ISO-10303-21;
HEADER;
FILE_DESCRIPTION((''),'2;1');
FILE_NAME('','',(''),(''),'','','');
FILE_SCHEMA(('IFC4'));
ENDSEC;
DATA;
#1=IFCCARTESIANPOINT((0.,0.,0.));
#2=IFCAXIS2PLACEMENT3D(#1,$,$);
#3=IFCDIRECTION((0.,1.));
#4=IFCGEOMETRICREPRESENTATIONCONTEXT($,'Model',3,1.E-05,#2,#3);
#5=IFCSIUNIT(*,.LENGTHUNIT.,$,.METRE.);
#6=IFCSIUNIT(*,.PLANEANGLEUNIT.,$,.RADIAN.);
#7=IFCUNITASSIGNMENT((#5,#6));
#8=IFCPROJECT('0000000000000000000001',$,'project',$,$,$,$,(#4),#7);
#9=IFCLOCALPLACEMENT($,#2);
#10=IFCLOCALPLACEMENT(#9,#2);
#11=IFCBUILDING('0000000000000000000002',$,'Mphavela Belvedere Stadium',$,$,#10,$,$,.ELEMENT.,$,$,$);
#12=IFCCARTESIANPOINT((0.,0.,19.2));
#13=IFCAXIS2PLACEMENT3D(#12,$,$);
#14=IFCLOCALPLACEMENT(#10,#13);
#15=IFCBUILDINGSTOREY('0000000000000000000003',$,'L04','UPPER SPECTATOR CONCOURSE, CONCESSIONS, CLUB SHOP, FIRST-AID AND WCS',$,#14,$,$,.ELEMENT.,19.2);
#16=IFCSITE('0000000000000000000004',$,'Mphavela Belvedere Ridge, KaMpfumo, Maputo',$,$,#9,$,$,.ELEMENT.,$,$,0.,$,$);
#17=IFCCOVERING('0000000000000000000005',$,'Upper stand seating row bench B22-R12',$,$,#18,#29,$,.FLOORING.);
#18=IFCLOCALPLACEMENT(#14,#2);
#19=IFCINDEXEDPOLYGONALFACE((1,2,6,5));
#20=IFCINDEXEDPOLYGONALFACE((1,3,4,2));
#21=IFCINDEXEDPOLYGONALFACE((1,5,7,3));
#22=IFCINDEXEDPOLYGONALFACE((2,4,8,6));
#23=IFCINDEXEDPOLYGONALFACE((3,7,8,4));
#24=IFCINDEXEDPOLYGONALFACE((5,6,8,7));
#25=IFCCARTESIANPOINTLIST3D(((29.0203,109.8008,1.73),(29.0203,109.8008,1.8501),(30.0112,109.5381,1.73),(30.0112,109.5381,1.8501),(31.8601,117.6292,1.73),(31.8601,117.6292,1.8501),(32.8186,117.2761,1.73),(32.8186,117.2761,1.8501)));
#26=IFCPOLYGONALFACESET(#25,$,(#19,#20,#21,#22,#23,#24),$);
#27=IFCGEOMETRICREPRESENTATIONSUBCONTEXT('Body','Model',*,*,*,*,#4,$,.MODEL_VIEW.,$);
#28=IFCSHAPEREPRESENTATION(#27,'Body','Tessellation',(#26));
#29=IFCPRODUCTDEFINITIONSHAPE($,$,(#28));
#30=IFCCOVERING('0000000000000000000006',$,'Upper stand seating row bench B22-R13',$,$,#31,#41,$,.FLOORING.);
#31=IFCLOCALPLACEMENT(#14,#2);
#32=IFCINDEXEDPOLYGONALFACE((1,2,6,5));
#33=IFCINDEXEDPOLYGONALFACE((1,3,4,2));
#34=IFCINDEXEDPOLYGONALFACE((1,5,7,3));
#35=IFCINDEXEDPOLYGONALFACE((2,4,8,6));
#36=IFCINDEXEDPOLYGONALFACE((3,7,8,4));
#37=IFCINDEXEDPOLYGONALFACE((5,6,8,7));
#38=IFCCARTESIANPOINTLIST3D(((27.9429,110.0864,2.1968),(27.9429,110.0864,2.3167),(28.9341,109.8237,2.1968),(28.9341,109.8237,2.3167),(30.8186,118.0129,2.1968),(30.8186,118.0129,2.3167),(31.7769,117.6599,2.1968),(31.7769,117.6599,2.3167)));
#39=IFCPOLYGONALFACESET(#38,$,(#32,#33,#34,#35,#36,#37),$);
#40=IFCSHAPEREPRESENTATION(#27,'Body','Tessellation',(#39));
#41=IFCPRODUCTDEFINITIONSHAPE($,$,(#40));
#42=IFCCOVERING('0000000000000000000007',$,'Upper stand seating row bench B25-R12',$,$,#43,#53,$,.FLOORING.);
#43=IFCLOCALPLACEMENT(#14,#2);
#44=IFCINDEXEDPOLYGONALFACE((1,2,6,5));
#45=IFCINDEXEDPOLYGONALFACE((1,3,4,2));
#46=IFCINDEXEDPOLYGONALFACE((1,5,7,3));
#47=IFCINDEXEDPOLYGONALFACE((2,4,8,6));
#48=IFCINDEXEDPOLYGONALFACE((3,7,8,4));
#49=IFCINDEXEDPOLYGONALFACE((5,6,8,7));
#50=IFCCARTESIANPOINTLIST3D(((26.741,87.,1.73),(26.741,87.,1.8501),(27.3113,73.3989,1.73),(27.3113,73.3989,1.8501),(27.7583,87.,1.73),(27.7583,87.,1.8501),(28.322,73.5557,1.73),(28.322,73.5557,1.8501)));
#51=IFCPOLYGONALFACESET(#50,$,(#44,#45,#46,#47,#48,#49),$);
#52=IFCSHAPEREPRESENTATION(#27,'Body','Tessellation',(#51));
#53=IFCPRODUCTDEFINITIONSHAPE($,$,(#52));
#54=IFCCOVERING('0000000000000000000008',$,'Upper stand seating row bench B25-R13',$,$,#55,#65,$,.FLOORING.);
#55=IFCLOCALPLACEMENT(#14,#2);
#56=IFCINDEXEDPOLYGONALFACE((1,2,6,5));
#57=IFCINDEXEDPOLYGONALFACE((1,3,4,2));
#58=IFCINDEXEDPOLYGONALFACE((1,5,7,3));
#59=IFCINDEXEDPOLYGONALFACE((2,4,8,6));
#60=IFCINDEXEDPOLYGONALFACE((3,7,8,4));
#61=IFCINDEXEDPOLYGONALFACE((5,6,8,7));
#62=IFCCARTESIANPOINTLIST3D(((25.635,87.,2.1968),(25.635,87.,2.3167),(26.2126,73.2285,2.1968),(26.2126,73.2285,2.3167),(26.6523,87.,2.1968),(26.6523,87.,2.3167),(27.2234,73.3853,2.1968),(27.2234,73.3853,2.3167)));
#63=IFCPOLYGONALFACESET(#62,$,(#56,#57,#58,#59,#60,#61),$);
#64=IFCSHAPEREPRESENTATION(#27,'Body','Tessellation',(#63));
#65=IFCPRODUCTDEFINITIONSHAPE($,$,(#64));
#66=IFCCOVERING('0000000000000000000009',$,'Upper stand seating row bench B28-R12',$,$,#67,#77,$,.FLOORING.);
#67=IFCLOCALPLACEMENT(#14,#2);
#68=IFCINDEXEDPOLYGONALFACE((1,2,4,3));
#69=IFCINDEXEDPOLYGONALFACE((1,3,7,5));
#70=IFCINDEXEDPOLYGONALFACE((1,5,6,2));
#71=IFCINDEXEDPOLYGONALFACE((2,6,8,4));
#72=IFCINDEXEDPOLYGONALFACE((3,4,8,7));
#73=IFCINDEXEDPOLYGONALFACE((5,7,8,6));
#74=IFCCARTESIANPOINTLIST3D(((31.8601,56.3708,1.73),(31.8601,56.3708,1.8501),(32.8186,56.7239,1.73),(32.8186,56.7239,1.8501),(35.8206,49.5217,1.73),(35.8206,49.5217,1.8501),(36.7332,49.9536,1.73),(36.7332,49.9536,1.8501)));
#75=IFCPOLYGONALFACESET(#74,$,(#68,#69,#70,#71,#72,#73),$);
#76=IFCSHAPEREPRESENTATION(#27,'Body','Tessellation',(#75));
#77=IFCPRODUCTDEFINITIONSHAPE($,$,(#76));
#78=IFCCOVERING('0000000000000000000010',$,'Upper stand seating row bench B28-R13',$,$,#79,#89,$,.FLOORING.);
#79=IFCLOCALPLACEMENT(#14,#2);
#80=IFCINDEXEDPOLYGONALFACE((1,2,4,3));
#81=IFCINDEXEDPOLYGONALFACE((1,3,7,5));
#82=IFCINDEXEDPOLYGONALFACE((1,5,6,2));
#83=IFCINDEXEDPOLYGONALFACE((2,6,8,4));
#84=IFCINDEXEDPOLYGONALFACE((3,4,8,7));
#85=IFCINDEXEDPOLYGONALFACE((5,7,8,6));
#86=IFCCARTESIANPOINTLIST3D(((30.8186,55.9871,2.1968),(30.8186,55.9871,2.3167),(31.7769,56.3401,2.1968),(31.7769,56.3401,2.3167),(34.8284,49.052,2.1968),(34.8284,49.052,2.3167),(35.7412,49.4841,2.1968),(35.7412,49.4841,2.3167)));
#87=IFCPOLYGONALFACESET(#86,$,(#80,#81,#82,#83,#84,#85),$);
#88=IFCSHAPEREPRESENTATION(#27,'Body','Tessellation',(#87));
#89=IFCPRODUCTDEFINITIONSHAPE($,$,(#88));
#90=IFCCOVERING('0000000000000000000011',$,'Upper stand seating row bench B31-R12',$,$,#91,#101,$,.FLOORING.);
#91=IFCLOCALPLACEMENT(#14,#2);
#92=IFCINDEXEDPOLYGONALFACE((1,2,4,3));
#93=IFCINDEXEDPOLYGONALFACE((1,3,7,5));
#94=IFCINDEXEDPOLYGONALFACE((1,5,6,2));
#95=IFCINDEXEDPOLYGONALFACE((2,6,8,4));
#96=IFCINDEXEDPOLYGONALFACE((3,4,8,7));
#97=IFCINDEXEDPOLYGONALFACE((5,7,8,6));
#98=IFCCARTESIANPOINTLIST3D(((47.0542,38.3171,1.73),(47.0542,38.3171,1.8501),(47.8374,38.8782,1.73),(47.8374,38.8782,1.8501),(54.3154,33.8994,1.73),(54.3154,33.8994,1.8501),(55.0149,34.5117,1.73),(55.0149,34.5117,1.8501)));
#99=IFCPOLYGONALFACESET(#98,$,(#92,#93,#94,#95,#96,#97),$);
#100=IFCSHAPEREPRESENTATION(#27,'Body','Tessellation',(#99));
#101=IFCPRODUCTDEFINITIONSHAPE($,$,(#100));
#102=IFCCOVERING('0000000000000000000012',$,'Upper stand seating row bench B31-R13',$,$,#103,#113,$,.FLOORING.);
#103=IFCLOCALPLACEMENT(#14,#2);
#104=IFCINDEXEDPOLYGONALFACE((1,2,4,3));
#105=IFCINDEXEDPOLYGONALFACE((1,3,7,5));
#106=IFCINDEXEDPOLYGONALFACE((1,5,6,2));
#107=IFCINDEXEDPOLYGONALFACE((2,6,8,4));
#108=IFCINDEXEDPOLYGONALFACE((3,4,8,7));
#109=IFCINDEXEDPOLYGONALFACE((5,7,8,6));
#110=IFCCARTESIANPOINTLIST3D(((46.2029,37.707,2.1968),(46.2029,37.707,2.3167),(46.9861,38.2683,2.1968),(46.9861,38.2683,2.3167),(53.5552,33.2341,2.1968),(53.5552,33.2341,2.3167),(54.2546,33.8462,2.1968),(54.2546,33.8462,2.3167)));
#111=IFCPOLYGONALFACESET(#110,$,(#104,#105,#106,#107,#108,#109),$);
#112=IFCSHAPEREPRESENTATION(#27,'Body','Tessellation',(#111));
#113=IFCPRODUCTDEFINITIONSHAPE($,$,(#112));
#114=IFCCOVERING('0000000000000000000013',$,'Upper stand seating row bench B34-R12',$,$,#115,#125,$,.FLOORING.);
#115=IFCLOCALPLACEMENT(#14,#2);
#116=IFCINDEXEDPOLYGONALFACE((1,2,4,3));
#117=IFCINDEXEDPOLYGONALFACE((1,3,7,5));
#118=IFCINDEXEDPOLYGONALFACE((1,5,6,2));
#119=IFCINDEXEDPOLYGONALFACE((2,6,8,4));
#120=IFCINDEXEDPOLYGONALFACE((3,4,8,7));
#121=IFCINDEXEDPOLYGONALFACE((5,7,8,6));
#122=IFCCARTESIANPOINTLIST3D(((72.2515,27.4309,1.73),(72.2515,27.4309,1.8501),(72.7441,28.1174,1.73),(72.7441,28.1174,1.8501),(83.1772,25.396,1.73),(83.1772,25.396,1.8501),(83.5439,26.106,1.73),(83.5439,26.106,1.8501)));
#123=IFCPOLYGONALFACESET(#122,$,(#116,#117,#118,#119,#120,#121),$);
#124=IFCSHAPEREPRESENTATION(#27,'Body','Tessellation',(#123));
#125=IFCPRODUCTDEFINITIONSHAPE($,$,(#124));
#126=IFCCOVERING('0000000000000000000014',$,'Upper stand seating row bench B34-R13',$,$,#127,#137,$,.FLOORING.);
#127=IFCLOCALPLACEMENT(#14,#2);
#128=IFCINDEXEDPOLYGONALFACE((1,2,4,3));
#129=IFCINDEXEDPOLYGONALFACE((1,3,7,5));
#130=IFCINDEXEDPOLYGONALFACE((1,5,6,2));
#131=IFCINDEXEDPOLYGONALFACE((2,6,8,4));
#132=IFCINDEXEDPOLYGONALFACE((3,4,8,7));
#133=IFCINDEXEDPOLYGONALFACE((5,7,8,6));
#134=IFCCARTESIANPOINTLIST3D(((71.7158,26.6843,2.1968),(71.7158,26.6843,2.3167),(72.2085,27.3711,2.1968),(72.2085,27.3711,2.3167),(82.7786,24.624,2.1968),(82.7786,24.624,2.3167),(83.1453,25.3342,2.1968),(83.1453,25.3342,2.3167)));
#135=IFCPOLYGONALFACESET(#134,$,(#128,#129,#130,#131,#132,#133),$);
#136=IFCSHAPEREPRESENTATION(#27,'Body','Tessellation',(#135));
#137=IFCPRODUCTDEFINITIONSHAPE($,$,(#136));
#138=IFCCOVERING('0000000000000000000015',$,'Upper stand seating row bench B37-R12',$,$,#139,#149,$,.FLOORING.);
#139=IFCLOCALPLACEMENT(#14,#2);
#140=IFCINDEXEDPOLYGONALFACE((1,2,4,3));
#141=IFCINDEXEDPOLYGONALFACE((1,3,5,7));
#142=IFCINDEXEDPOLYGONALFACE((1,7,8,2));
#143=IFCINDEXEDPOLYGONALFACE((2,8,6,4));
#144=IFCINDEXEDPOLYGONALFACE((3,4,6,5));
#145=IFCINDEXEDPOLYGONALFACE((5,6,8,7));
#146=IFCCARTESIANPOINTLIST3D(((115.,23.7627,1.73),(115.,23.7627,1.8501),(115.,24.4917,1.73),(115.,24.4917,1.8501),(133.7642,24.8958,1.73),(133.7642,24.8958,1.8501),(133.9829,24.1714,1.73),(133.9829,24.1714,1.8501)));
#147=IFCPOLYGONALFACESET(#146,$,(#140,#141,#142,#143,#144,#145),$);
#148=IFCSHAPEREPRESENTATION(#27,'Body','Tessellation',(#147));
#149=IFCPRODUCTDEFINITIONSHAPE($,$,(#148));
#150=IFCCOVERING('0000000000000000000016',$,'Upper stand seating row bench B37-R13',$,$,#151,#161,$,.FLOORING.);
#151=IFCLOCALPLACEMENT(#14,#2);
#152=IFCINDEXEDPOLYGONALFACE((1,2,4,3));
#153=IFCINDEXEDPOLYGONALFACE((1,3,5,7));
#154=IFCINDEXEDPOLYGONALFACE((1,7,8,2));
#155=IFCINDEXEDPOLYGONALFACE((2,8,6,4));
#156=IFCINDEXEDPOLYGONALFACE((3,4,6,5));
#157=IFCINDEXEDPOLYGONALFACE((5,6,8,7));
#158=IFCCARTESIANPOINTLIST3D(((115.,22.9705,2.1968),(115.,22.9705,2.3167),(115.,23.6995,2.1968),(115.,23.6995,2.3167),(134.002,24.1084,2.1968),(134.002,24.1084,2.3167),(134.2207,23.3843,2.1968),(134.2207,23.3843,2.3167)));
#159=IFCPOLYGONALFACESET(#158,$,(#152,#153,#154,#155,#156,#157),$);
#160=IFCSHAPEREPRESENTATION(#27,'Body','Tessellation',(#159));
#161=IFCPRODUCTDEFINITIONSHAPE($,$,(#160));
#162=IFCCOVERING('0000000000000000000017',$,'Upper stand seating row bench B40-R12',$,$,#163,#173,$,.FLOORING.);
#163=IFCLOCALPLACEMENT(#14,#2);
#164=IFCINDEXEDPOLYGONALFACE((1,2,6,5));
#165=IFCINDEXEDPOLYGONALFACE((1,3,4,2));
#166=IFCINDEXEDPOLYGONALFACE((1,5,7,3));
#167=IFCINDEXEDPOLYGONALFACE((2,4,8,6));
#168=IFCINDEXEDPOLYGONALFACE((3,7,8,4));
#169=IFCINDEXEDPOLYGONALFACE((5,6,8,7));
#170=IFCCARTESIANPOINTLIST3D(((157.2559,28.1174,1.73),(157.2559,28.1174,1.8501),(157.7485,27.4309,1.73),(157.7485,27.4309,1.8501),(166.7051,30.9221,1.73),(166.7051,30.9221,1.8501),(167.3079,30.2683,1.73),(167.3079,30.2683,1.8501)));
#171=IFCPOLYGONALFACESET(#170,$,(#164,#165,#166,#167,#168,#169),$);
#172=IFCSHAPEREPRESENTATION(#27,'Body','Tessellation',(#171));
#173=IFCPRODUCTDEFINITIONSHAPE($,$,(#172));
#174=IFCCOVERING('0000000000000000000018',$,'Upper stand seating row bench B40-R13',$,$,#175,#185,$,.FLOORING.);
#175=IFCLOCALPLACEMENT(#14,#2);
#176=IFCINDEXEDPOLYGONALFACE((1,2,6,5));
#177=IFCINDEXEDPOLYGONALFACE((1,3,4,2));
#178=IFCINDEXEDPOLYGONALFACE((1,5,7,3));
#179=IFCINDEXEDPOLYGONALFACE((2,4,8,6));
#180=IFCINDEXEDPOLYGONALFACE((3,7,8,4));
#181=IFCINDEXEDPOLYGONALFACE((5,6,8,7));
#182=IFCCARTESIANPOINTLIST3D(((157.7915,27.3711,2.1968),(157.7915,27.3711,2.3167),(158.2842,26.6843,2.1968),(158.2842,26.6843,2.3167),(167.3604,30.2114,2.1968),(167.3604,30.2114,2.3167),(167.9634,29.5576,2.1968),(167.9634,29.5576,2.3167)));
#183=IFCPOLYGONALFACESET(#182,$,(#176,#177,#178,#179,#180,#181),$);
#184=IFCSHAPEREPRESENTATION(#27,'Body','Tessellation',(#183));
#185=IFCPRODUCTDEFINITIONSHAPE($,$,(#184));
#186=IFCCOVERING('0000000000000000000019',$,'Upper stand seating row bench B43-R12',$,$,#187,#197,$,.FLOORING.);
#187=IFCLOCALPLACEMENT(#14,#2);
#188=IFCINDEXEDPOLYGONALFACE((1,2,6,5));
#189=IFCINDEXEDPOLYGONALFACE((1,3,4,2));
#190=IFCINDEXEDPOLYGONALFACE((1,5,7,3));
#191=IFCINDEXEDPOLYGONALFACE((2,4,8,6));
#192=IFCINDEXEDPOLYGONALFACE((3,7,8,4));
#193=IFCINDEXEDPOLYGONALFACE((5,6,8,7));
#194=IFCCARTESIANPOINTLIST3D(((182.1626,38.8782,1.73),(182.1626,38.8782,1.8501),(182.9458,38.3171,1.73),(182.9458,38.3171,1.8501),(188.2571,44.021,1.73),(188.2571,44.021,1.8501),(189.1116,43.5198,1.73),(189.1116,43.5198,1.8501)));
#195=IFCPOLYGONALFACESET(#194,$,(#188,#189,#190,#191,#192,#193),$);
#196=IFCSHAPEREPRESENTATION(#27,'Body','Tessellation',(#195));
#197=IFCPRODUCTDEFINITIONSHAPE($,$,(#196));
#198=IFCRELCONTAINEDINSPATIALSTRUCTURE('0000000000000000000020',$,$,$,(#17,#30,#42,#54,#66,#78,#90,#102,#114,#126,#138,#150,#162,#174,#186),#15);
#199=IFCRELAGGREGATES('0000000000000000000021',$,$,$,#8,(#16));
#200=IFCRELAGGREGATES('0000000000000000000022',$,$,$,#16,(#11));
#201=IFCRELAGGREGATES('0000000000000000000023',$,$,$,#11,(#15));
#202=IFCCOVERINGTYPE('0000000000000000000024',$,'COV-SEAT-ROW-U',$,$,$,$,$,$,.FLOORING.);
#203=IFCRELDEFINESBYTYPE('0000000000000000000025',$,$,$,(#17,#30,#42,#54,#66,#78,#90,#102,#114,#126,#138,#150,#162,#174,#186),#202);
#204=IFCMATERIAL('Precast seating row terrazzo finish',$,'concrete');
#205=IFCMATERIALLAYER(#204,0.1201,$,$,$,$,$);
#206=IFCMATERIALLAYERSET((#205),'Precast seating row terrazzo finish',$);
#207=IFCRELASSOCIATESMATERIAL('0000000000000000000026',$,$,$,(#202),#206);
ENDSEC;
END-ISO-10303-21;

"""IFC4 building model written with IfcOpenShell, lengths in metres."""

from ifc_helpers import new_model, si_unit, direction, frame, origin, place, context, subcontext, project, spatial, polyline, outline, extrude, material, layer, layer_set, type_object, element, save


model = new_model("IFC4")

# Units and contexts
model_context = context("Model", 3, precision=1e-05, world=origin(), true_north=direction((0.0, 1.0)))
body_context = subcontext(model_context, "Body", "Model", "MODEL_VIEW")
ifc_project = project(units=[si_unit("LENGTHUNIT", "METRE"), si_unit("PLANEANGLEUNIT", "RADIAN")], contexts=[model_context])

# Site, building, storey
site_placement = place(None, origin())
site = spatial("IfcSite", under=ifc_project, at=site_placement, Name="Mphavela Belvedere Ridge, KaMpfumo, Maputo", CompositionType="ELEMENT", RefElevation=0.0)
building_placement = place(site_placement, origin())
building = spatial("IfcBuilding", under=site, at=building_placement, Name="Mphavela Belvedere Stadium", CompositionType="ELEMENT")
storey_placement = place(building_placement, frame((0.0, 0.0, 19.2)))
storey = spatial("IfcBuildingStorey", under=building, at=storey_placement, Name="L04", Description="UPPER SPECTATOR CONCOURSE, CONCESSIONS, CLUB SHOP, FIRST-AID AND WCS", CompositionType="ELEMENT", Elevation=19.2)

# Coverings
ifc_material = material(Name="Precast seating row terrazzo finish", Category="concrete")
ifc_layer = layer(ifc_material, 0.1201)
ifc_layer_set = layer_set([ifc_layer], Name="Precast seating row terrazzo finish")
covering_type = type_object("IfcCoveringType", Name="COV-SEAT-ROW-U", PredefinedType="FLOORING", material=ifc_layer_set)
covering_1_placement = place(storey_placement, frame((0.0, 0.0, 1.73)))
element("IfcCovering", 1, at=covering_1_placement, inside=storey, type_object=covering_type, Name="Upper stand seating row bench B22-R12", PredefinedType="FLOORING", context=body_context, shape_type="SweptSolid", body=[
    extrude(outline(polyline([(32.8186, 117.2761), (30.0112, 109.5381), (29.0203, 109.8008), (31.8601, 117.6292), (32.8186, 117.2761)])), origin(), (0.0, 0.0, 1.0), 0.1201),
])
covering_2_placement = place(storey_placement, frame((0.0, 0.0, 2.1968)))
element("IfcCovering", 2, at=covering_2_placement, inside=storey, type_object=covering_type, Name="Upper stand seating row bench B22-R13", PredefinedType="FLOORING", context=body_context, shape_type="SweptSolid", body=[
    extrude(outline(polyline([(31.7769, 117.6599), (28.9341, 109.8237), (27.9429, 110.0864), (30.8186, 118.0129), (31.7769, 117.6599)])), origin(), (0.0, 0.0, 1.0), 0.1199),
])
covering_3_placement = place(storey_placement, frame((0.0, 0.0, 1.73)))
element("IfcCovering", 3, at=covering_3_placement, inside=storey, type_object=covering_type, Name="Upper stand seating row bench B25-R12", PredefinedType="FLOORING", context=body_context, shape_type="SweptSolid", body=[
    extrude(outline(polyline([(27.7583, 87.0), (28.322, 73.5557), (27.3113, 73.3989), (26.741, 87.0), (27.7583, 87.0)])), origin(), (0.0, 0.0, 1.0), 0.1201),
])
covering_4_placement = place(storey_placement, frame((0.0, 0.0, 2.1968)))
element("IfcCovering", 4, at=covering_4_placement, inside=storey, type_object=covering_type, Name="Upper stand seating row bench B25-R13", PredefinedType="FLOORING", context=body_context, shape_type="SweptSolid", body=[
    extrude(outline(polyline([(26.6523, 87.0), (27.2234, 73.3853), (26.2126, 73.2285), (25.635, 87.0), (26.6523, 87.0)])), origin(), (0.0, 0.0, 1.0), 0.1199),
])
covering_5_placement = place(storey_placement, frame((0.0, 0.0, 1.73)))
element("IfcCovering", 5, at=covering_5_placement, inside=storey, type_object=covering_type, Name="Upper stand seating row bench B28-R12", PredefinedType="FLOORING", context=body_context, shape_type="SweptSolid", body=[
    extrude(outline(polyline([(32.8186, 56.7239), (36.7332, 49.9536), (35.8206, 49.5217), (31.8601, 56.3708), (32.8186, 56.7239)])), origin(), (0.0, 0.0, 1.0), 0.1201),
])
covering_6_placement = place(storey_placement, frame((0.0, 0.0, 2.1968)))
element("IfcCovering", 6, at=covering_6_placement, inside=storey, type_object=covering_type, Name="Upper stand seating row bench B28-R13", PredefinedType="FLOORING", context=body_context, shape_type="SweptSolid", body=[
    extrude(outline(polyline([(31.7769, 56.3401), (35.7412, 49.4841), (34.8284, 49.052), (30.8186, 55.9871), (31.7769, 56.3401)])), origin(), (0.0, 0.0, 1.0), 0.1199),
])
covering_7_placement = place(storey_placement, frame((0.0, 0.0, 1.73)))
element("IfcCovering", 7, at=covering_7_placement, inside=storey, type_object=covering_type, Name="Upper stand seating row bench B31-R12", PredefinedType="FLOORING", context=body_context, shape_type="SweptSolid", body=[
    extrude(outline(polyline([(47.8374, 38.8782), (55.0149, 34.5117), (54.3154, 33.8994), (47.0542, 38.3171), (47.8374, 38.8782)])), origin(), (0.0, 0.0, 1.0), 0.1201),
])
covering_8_placement = place(storey_placement, frame((0.0, 0.0, 2.1968)))
element("IfcCovering", 8, at=covering_8_placement, inside=storey, type_object=covering_type, Name="Upper stand seating row bench B31-R13", PredefinedType="FLOORING", context=body_context, shape_type="SweptSolid", body=[
    extrude(outline(polyline([(46.9861, 38.2683), (54.2546, 33.8462), (53.5552, 33.2341), (46.2029, 37.707), (46.9861, 38.2683)])), origin(), (0.0, 0.0, 1.0), 0.1199),
])
covering_9_placement = place(storey_placement, frame((0.0, 0.0, 1.73)))
element("IfcCovering", 9, at=covering_9_placement, inside=storey, type_object=covering_type, Name="Upper stand seating row bench B34-R12", PredefinedType="FLOORING", context=body_context, shape_type="SweptSolid", body=[
    extrude(outline(polyline([(72.7441, 28.1174), (83.5439, 26.106), (83.1772, 25.396), (72.2515, 27.4309), (72.7441, 28.1174)])), origin(), (0.0, 0.0, 1.0), 0.1201),
])
covering_10_placement = place(storey_placement, frame((0.0, 0.0, 2.1968)))
element("IfcCovering", 10, at=covering_10_placement, inside=storey, type_object=covering_type, Name="Upper stand seating row bench B34-R13", PredefinedType="FLOORING", context=body_context, shape_type="SweptSolid", body=[
    extrude(outline(polyline([(72.2085, 27.3711), (83.1453, 25.3342), (82.7786, 24.624), (71.7158, 26.6843), (72.2085, 27.3711)])), origin(), (0.0, 0.0, 1.0), 0.1199),
])
covering_11_placement = place(storey_placement, frame((0.0, 0.0, 1.73)))
element("IfcCovering", 11, at=covering_11_placement, inside=storey, type_object=covering_type, Name="Upper stand seating row bench B37-R12", PredefinedType="FLOORING", context=body_context, shape_type="SweptSolid", body=[
    extrude(outline(polyline([(115.0, 24.4917), (133.7642, 24.8958), (133.9829, 24.1714), (115.0, 23.7627), (115.0, 24.4917)])), origin(), (0.0, 0.0, 1.0), 0.1201),
])
covering_12_placement = place(storey_placement, frame((0.0, 0.0, 2.1968)))
element("IfcCovering", 12, at=covering_12_placement, inside=storey, type_object=covering_type, Name="Upper stand seating row bench B37-R13", PredefinedType="FLOORING", context=body_context, shape_type="SweptSolid", body=[
    extrude(outline(polyline([(115.0, 23.6995), (134.002, 24.1084), (134.2207, 23.3843), (115.0, 22.9705), (115.0, 23.6995)])), origin(), (0.0, 0.0, 1.0), 0.1199),
])
covering_13_placement = place(storey_placement, frame((0.0, 0.0, 1.73)))
element("IfcCovering", 13, at=covering_13_placement, inside=storey, type_object=covering_type, Name="Upper stand seating row bench B40-R12", PredefinedType="FLOORING", context=body_context, shape_type="SweptSolid", body=[
    extrude(outline(polyline([(157.2559, 28.1174), (166.7051, 30.9221), (167.3079, 30.2683), (157.7485, 27.4309), (157.2559, 28.1174)])), origin(), (0.0, 0.0, 1.0), 0.1201),
])
covering_14_placement = place(storey_placement, frame((0.0, 0.0, 2.1968)))
element("IfcCovering", 14, at=covering_14_placement, inside=storey, type_object=covering_type, Name="Upper stand seating row bench B40-R13", PredefinedType="FLOORING", context=body_context, shape_type="SweptSolid", body=[
    extrude(outline(polyline([(157.7915, 27.3711), (167.3604, 30.2114), (167.9634, 29.5576), (158.2842, 26.6843), (157.7915, 27.3711)])), origin(), (0.0, 0.0, 1.0), 0.1199),
])
covering_15_placement = place(storey_placement, frame((0.0, 0.0, 1.73)))
element("IfcCovering", 15, at=covering_15_placement, inside=storey, type_object=covering_type, Name="Upper stand seating row bench B43-R12", PredefinedType="FLOORING", context=body_context, shape_type="SweptSolid", body=[
    extrude(outline(polyline([(182.1626, 38.8782), (188.2571, 44.021), (189.1116, 43.5198), (182.9458, 38.3171), (182.1626, 38.8782)])), origin(), (0.0, 0.0, 1.0), 0.1201),
])

save(model, "model.ifc")
